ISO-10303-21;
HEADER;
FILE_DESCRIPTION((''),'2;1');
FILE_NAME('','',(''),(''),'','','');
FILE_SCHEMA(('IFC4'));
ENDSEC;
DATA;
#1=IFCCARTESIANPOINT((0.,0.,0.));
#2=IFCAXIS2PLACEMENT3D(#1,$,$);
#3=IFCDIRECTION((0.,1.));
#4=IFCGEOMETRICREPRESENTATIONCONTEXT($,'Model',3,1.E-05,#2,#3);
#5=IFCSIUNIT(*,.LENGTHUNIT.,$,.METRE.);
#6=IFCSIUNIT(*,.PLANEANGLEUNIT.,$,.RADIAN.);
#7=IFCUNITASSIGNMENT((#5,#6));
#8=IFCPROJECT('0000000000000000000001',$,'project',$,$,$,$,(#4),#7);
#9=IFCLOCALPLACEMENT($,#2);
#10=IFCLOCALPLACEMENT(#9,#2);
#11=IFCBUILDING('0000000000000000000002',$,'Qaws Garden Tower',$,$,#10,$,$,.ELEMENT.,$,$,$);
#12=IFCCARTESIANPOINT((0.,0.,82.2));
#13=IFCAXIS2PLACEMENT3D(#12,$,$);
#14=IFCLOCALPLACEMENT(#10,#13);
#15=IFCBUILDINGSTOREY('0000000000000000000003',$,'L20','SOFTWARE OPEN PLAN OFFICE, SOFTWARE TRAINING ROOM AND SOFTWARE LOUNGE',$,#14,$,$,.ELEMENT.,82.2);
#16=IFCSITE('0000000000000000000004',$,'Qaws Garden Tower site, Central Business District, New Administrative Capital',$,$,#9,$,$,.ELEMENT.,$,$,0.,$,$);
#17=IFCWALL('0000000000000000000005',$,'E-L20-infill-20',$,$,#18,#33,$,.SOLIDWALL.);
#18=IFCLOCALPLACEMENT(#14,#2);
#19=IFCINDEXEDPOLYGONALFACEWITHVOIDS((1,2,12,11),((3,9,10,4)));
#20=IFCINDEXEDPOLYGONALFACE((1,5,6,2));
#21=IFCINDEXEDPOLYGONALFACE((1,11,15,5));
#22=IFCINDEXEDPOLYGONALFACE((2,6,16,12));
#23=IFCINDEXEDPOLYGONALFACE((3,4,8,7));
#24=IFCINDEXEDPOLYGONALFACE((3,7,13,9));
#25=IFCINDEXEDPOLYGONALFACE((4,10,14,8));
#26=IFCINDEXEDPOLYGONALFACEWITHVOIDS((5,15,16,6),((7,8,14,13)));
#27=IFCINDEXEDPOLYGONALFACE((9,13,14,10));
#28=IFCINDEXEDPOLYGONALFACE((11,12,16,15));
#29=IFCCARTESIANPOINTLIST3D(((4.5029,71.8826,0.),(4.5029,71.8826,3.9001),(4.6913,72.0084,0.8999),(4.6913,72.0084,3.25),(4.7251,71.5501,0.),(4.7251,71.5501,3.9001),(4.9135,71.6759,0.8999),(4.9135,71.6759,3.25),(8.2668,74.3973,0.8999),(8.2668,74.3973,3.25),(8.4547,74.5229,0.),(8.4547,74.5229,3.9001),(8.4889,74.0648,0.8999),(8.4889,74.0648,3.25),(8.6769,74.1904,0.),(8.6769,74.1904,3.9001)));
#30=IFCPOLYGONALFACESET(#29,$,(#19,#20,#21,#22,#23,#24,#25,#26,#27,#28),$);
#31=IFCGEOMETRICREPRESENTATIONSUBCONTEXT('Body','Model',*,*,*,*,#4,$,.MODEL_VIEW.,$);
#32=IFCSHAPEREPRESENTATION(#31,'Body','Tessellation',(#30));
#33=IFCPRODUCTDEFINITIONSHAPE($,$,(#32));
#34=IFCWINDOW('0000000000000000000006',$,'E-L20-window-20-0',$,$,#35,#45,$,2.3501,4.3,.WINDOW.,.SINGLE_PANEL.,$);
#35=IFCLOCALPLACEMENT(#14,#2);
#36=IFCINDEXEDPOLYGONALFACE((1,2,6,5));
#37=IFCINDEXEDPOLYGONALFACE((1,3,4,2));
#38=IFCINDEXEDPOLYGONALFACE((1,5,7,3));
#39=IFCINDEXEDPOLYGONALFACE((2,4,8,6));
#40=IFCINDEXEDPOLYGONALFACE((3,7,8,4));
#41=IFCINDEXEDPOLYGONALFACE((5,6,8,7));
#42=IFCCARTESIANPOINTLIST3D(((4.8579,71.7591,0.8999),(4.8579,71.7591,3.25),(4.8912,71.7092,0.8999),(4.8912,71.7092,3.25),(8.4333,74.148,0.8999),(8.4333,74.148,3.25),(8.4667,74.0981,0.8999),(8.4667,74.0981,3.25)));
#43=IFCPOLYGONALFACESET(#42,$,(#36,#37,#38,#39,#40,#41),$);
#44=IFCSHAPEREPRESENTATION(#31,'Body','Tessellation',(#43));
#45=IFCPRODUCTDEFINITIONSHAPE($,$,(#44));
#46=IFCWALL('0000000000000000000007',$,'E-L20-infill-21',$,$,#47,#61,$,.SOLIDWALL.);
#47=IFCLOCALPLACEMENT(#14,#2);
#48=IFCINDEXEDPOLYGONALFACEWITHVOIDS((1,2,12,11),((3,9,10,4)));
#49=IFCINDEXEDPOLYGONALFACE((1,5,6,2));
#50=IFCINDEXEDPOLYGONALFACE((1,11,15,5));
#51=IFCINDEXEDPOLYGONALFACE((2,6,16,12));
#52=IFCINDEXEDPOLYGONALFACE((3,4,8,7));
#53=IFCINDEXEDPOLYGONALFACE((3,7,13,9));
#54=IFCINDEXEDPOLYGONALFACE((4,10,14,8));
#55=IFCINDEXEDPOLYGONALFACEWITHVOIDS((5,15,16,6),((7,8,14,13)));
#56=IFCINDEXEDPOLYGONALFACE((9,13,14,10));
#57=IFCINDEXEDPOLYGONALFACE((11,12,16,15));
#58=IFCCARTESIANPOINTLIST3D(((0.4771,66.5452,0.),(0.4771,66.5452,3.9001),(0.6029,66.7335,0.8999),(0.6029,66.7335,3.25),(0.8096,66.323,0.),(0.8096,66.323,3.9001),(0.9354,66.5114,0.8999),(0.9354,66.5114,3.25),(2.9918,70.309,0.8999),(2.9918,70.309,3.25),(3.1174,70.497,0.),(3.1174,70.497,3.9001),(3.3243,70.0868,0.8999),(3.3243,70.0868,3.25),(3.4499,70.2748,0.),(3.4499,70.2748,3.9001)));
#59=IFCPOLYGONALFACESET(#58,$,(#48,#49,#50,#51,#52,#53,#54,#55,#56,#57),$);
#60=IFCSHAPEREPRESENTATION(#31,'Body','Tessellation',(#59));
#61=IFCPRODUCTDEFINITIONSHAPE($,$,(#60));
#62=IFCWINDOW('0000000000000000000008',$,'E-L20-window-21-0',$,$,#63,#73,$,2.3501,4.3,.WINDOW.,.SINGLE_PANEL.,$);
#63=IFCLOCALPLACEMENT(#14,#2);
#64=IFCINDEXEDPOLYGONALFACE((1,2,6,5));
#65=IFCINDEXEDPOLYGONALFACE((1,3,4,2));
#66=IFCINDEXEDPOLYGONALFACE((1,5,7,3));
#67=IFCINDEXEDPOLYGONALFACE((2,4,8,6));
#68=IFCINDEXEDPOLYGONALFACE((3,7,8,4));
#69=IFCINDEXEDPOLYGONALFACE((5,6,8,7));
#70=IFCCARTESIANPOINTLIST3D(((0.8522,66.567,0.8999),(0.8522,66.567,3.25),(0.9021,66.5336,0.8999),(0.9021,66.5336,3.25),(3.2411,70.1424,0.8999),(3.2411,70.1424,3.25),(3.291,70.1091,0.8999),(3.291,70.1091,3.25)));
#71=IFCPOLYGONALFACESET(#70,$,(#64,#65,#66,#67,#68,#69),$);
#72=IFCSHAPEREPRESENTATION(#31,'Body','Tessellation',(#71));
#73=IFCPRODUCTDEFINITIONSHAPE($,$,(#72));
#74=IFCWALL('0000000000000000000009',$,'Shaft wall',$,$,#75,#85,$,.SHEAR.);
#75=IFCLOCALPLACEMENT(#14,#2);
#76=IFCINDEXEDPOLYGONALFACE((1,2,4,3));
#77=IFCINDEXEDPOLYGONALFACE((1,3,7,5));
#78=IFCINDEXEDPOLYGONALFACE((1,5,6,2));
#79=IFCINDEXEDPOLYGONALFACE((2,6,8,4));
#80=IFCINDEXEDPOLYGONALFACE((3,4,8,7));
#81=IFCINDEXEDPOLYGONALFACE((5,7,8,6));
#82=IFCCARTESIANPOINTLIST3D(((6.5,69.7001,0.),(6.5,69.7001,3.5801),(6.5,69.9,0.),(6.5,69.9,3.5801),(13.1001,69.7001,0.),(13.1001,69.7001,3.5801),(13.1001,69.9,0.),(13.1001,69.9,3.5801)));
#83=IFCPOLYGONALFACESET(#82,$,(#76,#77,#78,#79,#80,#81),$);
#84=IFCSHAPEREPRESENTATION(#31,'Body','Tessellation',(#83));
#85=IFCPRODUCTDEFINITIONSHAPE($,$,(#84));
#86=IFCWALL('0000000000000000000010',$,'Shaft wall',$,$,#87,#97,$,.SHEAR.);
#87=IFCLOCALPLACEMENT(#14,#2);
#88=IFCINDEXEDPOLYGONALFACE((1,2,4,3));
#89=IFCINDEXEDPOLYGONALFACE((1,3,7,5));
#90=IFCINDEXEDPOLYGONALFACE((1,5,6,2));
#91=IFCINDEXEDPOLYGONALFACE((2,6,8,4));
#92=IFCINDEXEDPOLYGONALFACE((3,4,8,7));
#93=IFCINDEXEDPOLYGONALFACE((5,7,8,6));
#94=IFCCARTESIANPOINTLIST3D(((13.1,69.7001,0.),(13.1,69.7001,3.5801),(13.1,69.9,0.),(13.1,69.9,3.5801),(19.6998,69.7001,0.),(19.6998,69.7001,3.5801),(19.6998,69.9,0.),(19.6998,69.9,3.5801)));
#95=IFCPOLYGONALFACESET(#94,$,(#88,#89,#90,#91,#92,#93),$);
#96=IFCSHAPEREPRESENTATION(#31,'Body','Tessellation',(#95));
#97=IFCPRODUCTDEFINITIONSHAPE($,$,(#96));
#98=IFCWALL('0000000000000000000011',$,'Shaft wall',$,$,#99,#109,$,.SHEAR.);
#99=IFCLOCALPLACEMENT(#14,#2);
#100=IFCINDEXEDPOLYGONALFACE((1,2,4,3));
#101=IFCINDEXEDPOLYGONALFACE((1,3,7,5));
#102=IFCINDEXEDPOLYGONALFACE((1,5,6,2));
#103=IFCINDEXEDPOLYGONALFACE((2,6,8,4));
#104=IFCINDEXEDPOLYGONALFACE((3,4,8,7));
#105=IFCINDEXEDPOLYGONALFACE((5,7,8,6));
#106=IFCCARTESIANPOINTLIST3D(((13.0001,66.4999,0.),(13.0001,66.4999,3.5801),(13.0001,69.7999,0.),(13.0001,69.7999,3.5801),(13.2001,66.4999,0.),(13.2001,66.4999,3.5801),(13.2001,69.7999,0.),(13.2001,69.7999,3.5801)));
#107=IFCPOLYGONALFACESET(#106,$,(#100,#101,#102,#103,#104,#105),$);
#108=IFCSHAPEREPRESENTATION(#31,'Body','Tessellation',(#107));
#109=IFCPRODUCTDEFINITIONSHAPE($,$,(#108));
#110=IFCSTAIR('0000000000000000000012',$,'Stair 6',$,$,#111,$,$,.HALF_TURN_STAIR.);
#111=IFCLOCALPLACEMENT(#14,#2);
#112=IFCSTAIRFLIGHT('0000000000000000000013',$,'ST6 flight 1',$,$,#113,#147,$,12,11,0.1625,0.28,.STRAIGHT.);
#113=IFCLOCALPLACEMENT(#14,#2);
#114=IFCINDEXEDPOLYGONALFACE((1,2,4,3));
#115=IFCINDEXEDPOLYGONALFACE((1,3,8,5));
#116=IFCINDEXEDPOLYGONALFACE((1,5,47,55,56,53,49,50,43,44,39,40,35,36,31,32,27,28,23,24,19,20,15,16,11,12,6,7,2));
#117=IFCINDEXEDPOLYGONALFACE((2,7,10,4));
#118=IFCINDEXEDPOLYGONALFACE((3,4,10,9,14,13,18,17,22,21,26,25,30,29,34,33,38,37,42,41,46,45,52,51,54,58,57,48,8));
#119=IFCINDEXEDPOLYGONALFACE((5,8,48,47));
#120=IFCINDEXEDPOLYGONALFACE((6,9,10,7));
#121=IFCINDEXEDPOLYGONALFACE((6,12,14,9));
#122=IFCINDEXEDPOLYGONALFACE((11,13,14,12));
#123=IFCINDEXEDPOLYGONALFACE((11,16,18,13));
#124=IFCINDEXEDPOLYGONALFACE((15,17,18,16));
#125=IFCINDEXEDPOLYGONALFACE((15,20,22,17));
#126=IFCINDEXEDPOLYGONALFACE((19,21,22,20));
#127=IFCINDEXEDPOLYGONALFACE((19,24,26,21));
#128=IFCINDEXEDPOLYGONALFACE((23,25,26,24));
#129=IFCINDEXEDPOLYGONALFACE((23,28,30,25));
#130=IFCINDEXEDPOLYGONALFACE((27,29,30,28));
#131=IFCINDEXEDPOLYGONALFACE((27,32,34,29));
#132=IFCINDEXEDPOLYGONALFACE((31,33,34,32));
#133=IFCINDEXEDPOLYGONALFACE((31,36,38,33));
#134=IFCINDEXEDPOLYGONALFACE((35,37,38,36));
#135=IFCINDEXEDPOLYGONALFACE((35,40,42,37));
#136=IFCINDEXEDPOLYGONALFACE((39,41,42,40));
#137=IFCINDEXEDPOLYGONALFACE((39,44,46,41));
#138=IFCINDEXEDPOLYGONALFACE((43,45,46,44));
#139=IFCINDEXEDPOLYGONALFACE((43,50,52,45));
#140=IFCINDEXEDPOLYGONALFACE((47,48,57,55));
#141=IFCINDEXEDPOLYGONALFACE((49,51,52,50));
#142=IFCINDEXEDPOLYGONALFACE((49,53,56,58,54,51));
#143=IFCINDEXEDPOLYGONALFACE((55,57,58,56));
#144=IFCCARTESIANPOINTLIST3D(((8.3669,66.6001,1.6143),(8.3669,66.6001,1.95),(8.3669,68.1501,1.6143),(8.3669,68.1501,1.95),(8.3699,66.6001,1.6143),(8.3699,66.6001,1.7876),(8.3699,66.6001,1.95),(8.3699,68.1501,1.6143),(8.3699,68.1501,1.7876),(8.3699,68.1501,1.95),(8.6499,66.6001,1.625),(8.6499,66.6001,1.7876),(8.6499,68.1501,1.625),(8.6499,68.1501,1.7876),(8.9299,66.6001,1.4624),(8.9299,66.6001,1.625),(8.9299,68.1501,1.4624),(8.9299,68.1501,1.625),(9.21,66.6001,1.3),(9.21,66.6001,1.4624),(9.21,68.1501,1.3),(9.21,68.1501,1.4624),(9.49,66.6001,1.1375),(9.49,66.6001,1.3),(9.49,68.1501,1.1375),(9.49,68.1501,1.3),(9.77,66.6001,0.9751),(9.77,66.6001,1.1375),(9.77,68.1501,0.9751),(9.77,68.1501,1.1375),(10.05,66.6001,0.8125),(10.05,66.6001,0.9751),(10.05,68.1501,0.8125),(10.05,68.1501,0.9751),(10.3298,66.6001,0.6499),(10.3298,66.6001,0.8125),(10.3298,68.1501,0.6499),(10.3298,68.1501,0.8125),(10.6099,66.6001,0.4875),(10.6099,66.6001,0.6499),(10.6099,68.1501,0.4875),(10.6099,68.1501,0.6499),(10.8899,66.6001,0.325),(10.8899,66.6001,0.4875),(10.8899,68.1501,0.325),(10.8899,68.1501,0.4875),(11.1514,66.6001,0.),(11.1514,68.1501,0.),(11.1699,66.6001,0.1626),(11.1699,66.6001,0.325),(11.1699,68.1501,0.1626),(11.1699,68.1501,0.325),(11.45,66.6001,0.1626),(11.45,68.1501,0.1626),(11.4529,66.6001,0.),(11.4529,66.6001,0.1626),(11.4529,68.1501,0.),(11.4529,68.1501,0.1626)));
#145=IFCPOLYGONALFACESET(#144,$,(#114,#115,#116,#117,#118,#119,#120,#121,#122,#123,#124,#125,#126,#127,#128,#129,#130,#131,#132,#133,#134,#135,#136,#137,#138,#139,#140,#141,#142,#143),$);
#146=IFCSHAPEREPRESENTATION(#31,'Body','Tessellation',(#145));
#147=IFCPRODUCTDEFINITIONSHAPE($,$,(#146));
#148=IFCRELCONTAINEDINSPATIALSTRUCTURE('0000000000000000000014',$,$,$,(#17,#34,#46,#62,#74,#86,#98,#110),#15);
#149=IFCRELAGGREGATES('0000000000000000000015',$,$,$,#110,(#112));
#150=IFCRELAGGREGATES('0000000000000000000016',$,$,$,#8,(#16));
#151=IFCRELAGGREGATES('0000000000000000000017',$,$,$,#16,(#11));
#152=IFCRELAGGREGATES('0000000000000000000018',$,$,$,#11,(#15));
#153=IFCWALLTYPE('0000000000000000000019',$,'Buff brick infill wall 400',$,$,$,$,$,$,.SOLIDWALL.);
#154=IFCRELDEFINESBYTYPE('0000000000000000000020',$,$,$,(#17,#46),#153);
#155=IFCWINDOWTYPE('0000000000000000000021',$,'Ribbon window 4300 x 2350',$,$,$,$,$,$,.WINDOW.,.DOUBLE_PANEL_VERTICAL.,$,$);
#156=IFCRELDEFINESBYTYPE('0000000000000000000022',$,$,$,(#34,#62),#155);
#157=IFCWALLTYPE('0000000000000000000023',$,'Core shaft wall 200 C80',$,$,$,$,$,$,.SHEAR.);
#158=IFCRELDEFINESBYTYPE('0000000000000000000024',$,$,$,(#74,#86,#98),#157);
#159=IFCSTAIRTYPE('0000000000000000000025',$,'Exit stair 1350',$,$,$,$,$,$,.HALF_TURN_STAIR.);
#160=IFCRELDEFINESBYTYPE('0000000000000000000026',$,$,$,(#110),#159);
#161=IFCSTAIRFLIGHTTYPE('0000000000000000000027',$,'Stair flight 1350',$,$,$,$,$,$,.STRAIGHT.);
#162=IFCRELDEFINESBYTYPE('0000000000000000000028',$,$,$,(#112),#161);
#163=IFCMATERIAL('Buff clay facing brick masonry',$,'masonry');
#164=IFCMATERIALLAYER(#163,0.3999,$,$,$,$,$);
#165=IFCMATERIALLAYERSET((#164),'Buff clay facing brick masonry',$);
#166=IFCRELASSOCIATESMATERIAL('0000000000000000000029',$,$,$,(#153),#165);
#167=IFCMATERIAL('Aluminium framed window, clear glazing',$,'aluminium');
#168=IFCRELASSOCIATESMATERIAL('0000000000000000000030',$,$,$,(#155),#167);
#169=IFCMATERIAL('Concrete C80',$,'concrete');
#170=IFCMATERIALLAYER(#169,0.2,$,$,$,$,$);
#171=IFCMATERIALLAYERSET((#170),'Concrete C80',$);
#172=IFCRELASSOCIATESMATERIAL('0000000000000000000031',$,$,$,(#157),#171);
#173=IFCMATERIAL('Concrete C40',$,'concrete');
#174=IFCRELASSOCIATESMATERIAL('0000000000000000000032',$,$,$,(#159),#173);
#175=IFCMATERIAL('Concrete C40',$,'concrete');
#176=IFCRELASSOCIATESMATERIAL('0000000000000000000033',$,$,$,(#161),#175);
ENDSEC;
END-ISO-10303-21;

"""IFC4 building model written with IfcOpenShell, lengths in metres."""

from ifc_helpers import new_model, si_unit, direction, frame, frame_2d, origin, place, context, subcontext, project, spatial, polyline, rectangle, outline, extrude, material, layer, layer_set, type_object, element, fill, aggregate, save


model = new_model("IFC4")

# Units and contexts
model_context = context("Model", 3, precision=1e-05, world=origin(), true_north=direction((0.0, 1.0)))
body_context = subcontext(model_context, "Body", "Model", "MODEL_VIEW")
ifc_project = project(units=[si_unit("LENGTHUNIT", "METRE"), si_unit("PLANEANGLEUNIT", "RADIAN")], contexts=[model_context])

# Site, building, storey
site_placement = place(None, origin())
site = spatial("IfcSite", under=ifc_project, at=site_placement, Name="Qaws Garden Tower site, Central Business District, New Administrative Capital", CompositionType="ELEMENT", RefElevation=0.0)
building_placement = place(site_placement, origin())
building = spatial("IfcBuilding", under=site, at=building_placement, Name="Qaws Garden Tower", CompositionType="ELEMENT")
storey_placement = place(building_placement, frame((0.0, 0.0, 82.2)))
storey = spatial("IfcBuildingStorey", under=building, at=storey_placement, Name="L20", Description="SOFTWARE OPEN PLAN OFFICE, SOFTWARE TRAINING ROOM AND SOFTWARE LOUNGE", CompositionType="ELEMENT", Elevation=82.2)

# Walls, openings, windows
ifc_material_1 = material(Name="Buff clay facing brick masonry", Category="masonry")
ifc_layer_1 = layer(ifc_material_1, 0.3999)
ifc_layer_set_1 = layer_set([ifc_layer_1], Name="Buff clay facing brick masonry")
wall_type_1 = type_object("IfcWallType", Name="Buff brick infill wall 400", PredefinedType="SOLIDWALL", material=ifc_layer_set_1)
ifc_material_2 = material(Name="Aluminium framed window, clear glazing", Category="aluminium")
window_type = type_object("IfcWindowType", Name="Ribbon window 4300 x 2350", PartitioningType="DOUBLE_PANEL_VERTICAL", PredefinedType="WINDOW", material=ifc_material_2)
wall_1_placement = place(storey_placement, frame((8.5659, 74.3567, 0.0), z_axis=(0.0, 0.0, 1.0), x_axis=(-0.831489, -0.555542, 0.0)))
wall_1 = element("IfcWall", 1, at=wall_1_placement, inside=storey, type_object=wall_type_1, Name="E-L20-infill-20", PredefinedType="SOLIDWALL", context=body_context, shape_type="SweptSolid", body=[
    extrude(rectangle(XDim=4.7527, YDim=0.3999, at=frame_2d((2.3765, 0.0))), origin(), (0.0, 0.0, 1.0), 3.9001),
])
opening_1_placement = place(wall_1_placement, frame((0.2263, 0.0, 0.8999)))
opening_1 = element("IfcOpeningElement", 2, at=opening_1_placement, cuts=wall_1, PredefinedType="OPENING", context=body_context, shape_type="SweptSolid", body=[
    extrude(rectangle(XDim=4.3, YDim=2.3501, at=frame_2d((2.1499, 1.175))), frame((0.0, 0.21, 0.0), z_axis=(0.0, -1.0, 0.0), x_axis=(1.0, 0.0, 0.0)), (0.0, 0.0, 1.0), 0.4199),
])
window_1_placement = place(opening_1_placement, origin())
window_1 = element("IfcWindow", 3, at=window_1_placement, inside=storey, type_object=window_type, Name="E-L20-window-20-0", OverallHeight=2.3501, OverallWidth=4.3, PartitioningType="SINGLE_PANEL", PredefinedType="WINDOW", context=body_context, shape_type="SweptSolid", body=[
    extrude(rectangle(XDim=4.3, YDim=2.3501, at=frame_2d((2.1499, 1.175))), frame((0.0, 0.1599, 0.0), z_axis=(0.0, -1.0, 0.0), x_axis=(1.0, 0.0, 0.0)), (0.0, 0.0, 1.0), 0.0601),
])
fill(opening_1, window_1)
wall_2_placement = place(storey_placement, frame((3.2837, 70.386, 0.0), z_axis=(0.0, 0.0, 1.0), x_axis=(-0.555542, -0.831489, 0.0)))
wall_2 = element("IfcWall", 4, at=wall_2_placement, inside=storey, type_object=wall_type_1, Name="E-L20-infill-21", PredefinedType="SOLIDWALL", context=body_context, shape_type="SweptSolid", body=[
    extrude(rectangle(XDim=4.7527, YDim=0.3999, at=frame_2d((2.3765, 0.0))), origin(), (0.0, 0.0, 1.0), 3.9001),
])
opening_2_placement = place(wall_2_placement, frame((0.2263, 0.0, 0.8999)))
opening_2 = element("IfcOpeningElement", 5, at=opening_2_placement, cuts=wall_2, PredefinedType="OPENING", context=body_context, shape_type="SweptSolid", body=[
    extrude(rectangle(XDim=4.3, YDim=2.3501, at=frame_2d((2.1499, 1.175))), frame((0.0, 0.21, 0.0), z_axis=(0.0, -1.0, 0.0), x_axis=(1.0, 0.0, 0.0)), (0.0, 0.0, 1.0), 0.4199),
])
window_2_placement = place(opening_2_placement, origin())
window_2 = element("IfcWindow", 6, at=window_2_placement, inside=storey, type_object=window_type, Name="E-L20-window-21-0", OverallHeight=2.3501, OverallWidth=4.3, PartitioningType="SINGLE_PANEL", PredefinedType="WINDOW", context=body_context, shape_type="SweptSolid", body=[
    extrude(rectangle(XDim=4.3, YDim=2.3501, at=frame_2d((2.1499, 1.175))), frame((0.0, 0.1599, 0.0), z_axis=(0.0, -1.0, 0.0), x_axis=(1.0, 0.0, 0.0)), (0.0, 0.0, 1.0), 0.0601),
])
fill(opening_2, window_2)

# Walls
ifc_material_3 = material(Name="Concrete C80", Category="concrete")
ifc_layer_2 = layer(ifc_material_3, 0.2)
ifc_layer_set_2 = layer_set([ifc_layer_2], Name="Concrete C80")
wall_type_2 = type_object("IfcWallType", Name="Core shaft wall 200 C80", PredefinedType="SHEAR", material=ifc_layer_set_2)
wall_3_placement = place(storey_placement, frame((6.5, 69.8, 0.0), z_axis=(0.0, 0.0, 1.0), x_axis=(1.0, 0.0, 0.0)))
element("IfcWall", 7, at=wall_3_placement, inside=storey, type_object=wall_type_2, Name="Shaft wall", PredefinedType="SHEAR", context=body_context, shape_type="SweptSolid", body=[
    extrude(rectangle(XDim=6.6001, YDim=0.2, at=frame_2d((3.3, 0.0))), origin(), (0.0, 0.0, 1.0), 3.5801),
])
wall_4_placement = place(storey_placement, frame((13.1001, 69.8, 0.0), z_axis=(0.0, 0.0, 1.0), x_axis=(1.0, 0.0, 0.0)))
element("IfcWall", 8, at=wall_4_placement, inside=storey, type_object=wall_type_2, Name="Shaft wall", PredefinedType="SHEAR", context=body_context, shape_type="SweptSolid", body=[
    extrude(rectangle(XDim=6.5999, YDim=0.2, at=frame_2d((3.2998, 0.0))), origin(), (0.0, 0.0, 1.0), 3.5801),
])
wall_5_placement = place(storey_placement, frame((13.1001, 66.5, 0.0), z_axis=(0.0, 0.0, 1.0), x_axis=(0.0, 1.0, 0.0)))
element("IfcWall", 9, at=wall_5_placement, inside=storey, type_object=wall_type_2, Name="Shaft wall", PredefinedType="SHEAR", context=body_context, shape_type="SweptSolid", body=[
    extrude(rectangle(XDim=3.3, YDim=0.2, at=frame_2d((1.6499, 0.0))), origin(), (0.0, 0.0, 1.0), 3.5801),
])

# Stair, stair flight
ifc_material_4 = material(Name="Concrete C40", Category="concrete")
stair_type = type_object("IfcStairType", Name="Exit stair 1350", PredefinedType="HALF_TURN_STAIR", material=ifc_material_4)
placement = place(storey_placement, origin())
stair_1 = element("IfcStair", 10, at=placement, inside=storey, type_object=stair_type, Name="Stair 6", PredefinedType="HALF_TURN_STAIR")
ifc_material_5 = material(Name="Concrete C40", Category="concrete")
stair_flight_type = type_object("IfcStairFlightType", Name="Stair flight 1350", PredefinedType="STRAIGHT", material=ifc_material_5)
stair_flight_1_placement = place(storey_placement, frame((11.45, 67.375, 0.0), z_axis=(0.0, 0.0, 1.0), x_axis=(-1.0, 0.0, 0.0)))
stair_flight_1 = element("IfcStairFlight", 11, at=stair_flight_1_placement, type_object=stair_flight_type, Name="ST6 flight 1", NumberOfRisers=12, NumberOfTreads=11, PredefinedType="STRAIGHT", RiserHeight=0.1625, TreadLength=0.28, context=body_context, shape_type="SweptSolid", body=[
    extrude(outline(polyline([(-0.0029, 0.0), (-0.0029, 0.1626), (0.0, 0.1626), (0.28, 0.1626), (0.28, 0.325), (0.5601, 0.325), (0.5601, 0.4875), (0.8401, 0.4875), (0.8401, 0.6499), (1.1201, 0.6499), (1.1201, 0.8125), (1.3999, 0.8125), (1.3999, 0.9751), (1.6799, 0.9751), (1.6799, 1.1375), (1.96, 1.1375), (1.96, 1.3), (2.24, 1.3), (2.24, 1.4624), (2.52, 1.4624), (2.52, 1.625), (2.8, 1.625), (2.8, 1.7876), (3.0801, 1.7876), (3.0801, 1.95), (3.083, 1.95), (3.083, 1.6143), (3.0801, 1.6143), (0.2986, 0.0), (-0.0029, 0.0)])), frame((0.0, 0.7749, 0.0), z_axis=(0.0, -1.0, 0.0), x_axis=(1.0, 0.0, 0.0)), (0.0, 0.0, 1.0), 1.55),
])
aggregate(stair_1, [stair_flight_1])

save(model, "model.ifc")
